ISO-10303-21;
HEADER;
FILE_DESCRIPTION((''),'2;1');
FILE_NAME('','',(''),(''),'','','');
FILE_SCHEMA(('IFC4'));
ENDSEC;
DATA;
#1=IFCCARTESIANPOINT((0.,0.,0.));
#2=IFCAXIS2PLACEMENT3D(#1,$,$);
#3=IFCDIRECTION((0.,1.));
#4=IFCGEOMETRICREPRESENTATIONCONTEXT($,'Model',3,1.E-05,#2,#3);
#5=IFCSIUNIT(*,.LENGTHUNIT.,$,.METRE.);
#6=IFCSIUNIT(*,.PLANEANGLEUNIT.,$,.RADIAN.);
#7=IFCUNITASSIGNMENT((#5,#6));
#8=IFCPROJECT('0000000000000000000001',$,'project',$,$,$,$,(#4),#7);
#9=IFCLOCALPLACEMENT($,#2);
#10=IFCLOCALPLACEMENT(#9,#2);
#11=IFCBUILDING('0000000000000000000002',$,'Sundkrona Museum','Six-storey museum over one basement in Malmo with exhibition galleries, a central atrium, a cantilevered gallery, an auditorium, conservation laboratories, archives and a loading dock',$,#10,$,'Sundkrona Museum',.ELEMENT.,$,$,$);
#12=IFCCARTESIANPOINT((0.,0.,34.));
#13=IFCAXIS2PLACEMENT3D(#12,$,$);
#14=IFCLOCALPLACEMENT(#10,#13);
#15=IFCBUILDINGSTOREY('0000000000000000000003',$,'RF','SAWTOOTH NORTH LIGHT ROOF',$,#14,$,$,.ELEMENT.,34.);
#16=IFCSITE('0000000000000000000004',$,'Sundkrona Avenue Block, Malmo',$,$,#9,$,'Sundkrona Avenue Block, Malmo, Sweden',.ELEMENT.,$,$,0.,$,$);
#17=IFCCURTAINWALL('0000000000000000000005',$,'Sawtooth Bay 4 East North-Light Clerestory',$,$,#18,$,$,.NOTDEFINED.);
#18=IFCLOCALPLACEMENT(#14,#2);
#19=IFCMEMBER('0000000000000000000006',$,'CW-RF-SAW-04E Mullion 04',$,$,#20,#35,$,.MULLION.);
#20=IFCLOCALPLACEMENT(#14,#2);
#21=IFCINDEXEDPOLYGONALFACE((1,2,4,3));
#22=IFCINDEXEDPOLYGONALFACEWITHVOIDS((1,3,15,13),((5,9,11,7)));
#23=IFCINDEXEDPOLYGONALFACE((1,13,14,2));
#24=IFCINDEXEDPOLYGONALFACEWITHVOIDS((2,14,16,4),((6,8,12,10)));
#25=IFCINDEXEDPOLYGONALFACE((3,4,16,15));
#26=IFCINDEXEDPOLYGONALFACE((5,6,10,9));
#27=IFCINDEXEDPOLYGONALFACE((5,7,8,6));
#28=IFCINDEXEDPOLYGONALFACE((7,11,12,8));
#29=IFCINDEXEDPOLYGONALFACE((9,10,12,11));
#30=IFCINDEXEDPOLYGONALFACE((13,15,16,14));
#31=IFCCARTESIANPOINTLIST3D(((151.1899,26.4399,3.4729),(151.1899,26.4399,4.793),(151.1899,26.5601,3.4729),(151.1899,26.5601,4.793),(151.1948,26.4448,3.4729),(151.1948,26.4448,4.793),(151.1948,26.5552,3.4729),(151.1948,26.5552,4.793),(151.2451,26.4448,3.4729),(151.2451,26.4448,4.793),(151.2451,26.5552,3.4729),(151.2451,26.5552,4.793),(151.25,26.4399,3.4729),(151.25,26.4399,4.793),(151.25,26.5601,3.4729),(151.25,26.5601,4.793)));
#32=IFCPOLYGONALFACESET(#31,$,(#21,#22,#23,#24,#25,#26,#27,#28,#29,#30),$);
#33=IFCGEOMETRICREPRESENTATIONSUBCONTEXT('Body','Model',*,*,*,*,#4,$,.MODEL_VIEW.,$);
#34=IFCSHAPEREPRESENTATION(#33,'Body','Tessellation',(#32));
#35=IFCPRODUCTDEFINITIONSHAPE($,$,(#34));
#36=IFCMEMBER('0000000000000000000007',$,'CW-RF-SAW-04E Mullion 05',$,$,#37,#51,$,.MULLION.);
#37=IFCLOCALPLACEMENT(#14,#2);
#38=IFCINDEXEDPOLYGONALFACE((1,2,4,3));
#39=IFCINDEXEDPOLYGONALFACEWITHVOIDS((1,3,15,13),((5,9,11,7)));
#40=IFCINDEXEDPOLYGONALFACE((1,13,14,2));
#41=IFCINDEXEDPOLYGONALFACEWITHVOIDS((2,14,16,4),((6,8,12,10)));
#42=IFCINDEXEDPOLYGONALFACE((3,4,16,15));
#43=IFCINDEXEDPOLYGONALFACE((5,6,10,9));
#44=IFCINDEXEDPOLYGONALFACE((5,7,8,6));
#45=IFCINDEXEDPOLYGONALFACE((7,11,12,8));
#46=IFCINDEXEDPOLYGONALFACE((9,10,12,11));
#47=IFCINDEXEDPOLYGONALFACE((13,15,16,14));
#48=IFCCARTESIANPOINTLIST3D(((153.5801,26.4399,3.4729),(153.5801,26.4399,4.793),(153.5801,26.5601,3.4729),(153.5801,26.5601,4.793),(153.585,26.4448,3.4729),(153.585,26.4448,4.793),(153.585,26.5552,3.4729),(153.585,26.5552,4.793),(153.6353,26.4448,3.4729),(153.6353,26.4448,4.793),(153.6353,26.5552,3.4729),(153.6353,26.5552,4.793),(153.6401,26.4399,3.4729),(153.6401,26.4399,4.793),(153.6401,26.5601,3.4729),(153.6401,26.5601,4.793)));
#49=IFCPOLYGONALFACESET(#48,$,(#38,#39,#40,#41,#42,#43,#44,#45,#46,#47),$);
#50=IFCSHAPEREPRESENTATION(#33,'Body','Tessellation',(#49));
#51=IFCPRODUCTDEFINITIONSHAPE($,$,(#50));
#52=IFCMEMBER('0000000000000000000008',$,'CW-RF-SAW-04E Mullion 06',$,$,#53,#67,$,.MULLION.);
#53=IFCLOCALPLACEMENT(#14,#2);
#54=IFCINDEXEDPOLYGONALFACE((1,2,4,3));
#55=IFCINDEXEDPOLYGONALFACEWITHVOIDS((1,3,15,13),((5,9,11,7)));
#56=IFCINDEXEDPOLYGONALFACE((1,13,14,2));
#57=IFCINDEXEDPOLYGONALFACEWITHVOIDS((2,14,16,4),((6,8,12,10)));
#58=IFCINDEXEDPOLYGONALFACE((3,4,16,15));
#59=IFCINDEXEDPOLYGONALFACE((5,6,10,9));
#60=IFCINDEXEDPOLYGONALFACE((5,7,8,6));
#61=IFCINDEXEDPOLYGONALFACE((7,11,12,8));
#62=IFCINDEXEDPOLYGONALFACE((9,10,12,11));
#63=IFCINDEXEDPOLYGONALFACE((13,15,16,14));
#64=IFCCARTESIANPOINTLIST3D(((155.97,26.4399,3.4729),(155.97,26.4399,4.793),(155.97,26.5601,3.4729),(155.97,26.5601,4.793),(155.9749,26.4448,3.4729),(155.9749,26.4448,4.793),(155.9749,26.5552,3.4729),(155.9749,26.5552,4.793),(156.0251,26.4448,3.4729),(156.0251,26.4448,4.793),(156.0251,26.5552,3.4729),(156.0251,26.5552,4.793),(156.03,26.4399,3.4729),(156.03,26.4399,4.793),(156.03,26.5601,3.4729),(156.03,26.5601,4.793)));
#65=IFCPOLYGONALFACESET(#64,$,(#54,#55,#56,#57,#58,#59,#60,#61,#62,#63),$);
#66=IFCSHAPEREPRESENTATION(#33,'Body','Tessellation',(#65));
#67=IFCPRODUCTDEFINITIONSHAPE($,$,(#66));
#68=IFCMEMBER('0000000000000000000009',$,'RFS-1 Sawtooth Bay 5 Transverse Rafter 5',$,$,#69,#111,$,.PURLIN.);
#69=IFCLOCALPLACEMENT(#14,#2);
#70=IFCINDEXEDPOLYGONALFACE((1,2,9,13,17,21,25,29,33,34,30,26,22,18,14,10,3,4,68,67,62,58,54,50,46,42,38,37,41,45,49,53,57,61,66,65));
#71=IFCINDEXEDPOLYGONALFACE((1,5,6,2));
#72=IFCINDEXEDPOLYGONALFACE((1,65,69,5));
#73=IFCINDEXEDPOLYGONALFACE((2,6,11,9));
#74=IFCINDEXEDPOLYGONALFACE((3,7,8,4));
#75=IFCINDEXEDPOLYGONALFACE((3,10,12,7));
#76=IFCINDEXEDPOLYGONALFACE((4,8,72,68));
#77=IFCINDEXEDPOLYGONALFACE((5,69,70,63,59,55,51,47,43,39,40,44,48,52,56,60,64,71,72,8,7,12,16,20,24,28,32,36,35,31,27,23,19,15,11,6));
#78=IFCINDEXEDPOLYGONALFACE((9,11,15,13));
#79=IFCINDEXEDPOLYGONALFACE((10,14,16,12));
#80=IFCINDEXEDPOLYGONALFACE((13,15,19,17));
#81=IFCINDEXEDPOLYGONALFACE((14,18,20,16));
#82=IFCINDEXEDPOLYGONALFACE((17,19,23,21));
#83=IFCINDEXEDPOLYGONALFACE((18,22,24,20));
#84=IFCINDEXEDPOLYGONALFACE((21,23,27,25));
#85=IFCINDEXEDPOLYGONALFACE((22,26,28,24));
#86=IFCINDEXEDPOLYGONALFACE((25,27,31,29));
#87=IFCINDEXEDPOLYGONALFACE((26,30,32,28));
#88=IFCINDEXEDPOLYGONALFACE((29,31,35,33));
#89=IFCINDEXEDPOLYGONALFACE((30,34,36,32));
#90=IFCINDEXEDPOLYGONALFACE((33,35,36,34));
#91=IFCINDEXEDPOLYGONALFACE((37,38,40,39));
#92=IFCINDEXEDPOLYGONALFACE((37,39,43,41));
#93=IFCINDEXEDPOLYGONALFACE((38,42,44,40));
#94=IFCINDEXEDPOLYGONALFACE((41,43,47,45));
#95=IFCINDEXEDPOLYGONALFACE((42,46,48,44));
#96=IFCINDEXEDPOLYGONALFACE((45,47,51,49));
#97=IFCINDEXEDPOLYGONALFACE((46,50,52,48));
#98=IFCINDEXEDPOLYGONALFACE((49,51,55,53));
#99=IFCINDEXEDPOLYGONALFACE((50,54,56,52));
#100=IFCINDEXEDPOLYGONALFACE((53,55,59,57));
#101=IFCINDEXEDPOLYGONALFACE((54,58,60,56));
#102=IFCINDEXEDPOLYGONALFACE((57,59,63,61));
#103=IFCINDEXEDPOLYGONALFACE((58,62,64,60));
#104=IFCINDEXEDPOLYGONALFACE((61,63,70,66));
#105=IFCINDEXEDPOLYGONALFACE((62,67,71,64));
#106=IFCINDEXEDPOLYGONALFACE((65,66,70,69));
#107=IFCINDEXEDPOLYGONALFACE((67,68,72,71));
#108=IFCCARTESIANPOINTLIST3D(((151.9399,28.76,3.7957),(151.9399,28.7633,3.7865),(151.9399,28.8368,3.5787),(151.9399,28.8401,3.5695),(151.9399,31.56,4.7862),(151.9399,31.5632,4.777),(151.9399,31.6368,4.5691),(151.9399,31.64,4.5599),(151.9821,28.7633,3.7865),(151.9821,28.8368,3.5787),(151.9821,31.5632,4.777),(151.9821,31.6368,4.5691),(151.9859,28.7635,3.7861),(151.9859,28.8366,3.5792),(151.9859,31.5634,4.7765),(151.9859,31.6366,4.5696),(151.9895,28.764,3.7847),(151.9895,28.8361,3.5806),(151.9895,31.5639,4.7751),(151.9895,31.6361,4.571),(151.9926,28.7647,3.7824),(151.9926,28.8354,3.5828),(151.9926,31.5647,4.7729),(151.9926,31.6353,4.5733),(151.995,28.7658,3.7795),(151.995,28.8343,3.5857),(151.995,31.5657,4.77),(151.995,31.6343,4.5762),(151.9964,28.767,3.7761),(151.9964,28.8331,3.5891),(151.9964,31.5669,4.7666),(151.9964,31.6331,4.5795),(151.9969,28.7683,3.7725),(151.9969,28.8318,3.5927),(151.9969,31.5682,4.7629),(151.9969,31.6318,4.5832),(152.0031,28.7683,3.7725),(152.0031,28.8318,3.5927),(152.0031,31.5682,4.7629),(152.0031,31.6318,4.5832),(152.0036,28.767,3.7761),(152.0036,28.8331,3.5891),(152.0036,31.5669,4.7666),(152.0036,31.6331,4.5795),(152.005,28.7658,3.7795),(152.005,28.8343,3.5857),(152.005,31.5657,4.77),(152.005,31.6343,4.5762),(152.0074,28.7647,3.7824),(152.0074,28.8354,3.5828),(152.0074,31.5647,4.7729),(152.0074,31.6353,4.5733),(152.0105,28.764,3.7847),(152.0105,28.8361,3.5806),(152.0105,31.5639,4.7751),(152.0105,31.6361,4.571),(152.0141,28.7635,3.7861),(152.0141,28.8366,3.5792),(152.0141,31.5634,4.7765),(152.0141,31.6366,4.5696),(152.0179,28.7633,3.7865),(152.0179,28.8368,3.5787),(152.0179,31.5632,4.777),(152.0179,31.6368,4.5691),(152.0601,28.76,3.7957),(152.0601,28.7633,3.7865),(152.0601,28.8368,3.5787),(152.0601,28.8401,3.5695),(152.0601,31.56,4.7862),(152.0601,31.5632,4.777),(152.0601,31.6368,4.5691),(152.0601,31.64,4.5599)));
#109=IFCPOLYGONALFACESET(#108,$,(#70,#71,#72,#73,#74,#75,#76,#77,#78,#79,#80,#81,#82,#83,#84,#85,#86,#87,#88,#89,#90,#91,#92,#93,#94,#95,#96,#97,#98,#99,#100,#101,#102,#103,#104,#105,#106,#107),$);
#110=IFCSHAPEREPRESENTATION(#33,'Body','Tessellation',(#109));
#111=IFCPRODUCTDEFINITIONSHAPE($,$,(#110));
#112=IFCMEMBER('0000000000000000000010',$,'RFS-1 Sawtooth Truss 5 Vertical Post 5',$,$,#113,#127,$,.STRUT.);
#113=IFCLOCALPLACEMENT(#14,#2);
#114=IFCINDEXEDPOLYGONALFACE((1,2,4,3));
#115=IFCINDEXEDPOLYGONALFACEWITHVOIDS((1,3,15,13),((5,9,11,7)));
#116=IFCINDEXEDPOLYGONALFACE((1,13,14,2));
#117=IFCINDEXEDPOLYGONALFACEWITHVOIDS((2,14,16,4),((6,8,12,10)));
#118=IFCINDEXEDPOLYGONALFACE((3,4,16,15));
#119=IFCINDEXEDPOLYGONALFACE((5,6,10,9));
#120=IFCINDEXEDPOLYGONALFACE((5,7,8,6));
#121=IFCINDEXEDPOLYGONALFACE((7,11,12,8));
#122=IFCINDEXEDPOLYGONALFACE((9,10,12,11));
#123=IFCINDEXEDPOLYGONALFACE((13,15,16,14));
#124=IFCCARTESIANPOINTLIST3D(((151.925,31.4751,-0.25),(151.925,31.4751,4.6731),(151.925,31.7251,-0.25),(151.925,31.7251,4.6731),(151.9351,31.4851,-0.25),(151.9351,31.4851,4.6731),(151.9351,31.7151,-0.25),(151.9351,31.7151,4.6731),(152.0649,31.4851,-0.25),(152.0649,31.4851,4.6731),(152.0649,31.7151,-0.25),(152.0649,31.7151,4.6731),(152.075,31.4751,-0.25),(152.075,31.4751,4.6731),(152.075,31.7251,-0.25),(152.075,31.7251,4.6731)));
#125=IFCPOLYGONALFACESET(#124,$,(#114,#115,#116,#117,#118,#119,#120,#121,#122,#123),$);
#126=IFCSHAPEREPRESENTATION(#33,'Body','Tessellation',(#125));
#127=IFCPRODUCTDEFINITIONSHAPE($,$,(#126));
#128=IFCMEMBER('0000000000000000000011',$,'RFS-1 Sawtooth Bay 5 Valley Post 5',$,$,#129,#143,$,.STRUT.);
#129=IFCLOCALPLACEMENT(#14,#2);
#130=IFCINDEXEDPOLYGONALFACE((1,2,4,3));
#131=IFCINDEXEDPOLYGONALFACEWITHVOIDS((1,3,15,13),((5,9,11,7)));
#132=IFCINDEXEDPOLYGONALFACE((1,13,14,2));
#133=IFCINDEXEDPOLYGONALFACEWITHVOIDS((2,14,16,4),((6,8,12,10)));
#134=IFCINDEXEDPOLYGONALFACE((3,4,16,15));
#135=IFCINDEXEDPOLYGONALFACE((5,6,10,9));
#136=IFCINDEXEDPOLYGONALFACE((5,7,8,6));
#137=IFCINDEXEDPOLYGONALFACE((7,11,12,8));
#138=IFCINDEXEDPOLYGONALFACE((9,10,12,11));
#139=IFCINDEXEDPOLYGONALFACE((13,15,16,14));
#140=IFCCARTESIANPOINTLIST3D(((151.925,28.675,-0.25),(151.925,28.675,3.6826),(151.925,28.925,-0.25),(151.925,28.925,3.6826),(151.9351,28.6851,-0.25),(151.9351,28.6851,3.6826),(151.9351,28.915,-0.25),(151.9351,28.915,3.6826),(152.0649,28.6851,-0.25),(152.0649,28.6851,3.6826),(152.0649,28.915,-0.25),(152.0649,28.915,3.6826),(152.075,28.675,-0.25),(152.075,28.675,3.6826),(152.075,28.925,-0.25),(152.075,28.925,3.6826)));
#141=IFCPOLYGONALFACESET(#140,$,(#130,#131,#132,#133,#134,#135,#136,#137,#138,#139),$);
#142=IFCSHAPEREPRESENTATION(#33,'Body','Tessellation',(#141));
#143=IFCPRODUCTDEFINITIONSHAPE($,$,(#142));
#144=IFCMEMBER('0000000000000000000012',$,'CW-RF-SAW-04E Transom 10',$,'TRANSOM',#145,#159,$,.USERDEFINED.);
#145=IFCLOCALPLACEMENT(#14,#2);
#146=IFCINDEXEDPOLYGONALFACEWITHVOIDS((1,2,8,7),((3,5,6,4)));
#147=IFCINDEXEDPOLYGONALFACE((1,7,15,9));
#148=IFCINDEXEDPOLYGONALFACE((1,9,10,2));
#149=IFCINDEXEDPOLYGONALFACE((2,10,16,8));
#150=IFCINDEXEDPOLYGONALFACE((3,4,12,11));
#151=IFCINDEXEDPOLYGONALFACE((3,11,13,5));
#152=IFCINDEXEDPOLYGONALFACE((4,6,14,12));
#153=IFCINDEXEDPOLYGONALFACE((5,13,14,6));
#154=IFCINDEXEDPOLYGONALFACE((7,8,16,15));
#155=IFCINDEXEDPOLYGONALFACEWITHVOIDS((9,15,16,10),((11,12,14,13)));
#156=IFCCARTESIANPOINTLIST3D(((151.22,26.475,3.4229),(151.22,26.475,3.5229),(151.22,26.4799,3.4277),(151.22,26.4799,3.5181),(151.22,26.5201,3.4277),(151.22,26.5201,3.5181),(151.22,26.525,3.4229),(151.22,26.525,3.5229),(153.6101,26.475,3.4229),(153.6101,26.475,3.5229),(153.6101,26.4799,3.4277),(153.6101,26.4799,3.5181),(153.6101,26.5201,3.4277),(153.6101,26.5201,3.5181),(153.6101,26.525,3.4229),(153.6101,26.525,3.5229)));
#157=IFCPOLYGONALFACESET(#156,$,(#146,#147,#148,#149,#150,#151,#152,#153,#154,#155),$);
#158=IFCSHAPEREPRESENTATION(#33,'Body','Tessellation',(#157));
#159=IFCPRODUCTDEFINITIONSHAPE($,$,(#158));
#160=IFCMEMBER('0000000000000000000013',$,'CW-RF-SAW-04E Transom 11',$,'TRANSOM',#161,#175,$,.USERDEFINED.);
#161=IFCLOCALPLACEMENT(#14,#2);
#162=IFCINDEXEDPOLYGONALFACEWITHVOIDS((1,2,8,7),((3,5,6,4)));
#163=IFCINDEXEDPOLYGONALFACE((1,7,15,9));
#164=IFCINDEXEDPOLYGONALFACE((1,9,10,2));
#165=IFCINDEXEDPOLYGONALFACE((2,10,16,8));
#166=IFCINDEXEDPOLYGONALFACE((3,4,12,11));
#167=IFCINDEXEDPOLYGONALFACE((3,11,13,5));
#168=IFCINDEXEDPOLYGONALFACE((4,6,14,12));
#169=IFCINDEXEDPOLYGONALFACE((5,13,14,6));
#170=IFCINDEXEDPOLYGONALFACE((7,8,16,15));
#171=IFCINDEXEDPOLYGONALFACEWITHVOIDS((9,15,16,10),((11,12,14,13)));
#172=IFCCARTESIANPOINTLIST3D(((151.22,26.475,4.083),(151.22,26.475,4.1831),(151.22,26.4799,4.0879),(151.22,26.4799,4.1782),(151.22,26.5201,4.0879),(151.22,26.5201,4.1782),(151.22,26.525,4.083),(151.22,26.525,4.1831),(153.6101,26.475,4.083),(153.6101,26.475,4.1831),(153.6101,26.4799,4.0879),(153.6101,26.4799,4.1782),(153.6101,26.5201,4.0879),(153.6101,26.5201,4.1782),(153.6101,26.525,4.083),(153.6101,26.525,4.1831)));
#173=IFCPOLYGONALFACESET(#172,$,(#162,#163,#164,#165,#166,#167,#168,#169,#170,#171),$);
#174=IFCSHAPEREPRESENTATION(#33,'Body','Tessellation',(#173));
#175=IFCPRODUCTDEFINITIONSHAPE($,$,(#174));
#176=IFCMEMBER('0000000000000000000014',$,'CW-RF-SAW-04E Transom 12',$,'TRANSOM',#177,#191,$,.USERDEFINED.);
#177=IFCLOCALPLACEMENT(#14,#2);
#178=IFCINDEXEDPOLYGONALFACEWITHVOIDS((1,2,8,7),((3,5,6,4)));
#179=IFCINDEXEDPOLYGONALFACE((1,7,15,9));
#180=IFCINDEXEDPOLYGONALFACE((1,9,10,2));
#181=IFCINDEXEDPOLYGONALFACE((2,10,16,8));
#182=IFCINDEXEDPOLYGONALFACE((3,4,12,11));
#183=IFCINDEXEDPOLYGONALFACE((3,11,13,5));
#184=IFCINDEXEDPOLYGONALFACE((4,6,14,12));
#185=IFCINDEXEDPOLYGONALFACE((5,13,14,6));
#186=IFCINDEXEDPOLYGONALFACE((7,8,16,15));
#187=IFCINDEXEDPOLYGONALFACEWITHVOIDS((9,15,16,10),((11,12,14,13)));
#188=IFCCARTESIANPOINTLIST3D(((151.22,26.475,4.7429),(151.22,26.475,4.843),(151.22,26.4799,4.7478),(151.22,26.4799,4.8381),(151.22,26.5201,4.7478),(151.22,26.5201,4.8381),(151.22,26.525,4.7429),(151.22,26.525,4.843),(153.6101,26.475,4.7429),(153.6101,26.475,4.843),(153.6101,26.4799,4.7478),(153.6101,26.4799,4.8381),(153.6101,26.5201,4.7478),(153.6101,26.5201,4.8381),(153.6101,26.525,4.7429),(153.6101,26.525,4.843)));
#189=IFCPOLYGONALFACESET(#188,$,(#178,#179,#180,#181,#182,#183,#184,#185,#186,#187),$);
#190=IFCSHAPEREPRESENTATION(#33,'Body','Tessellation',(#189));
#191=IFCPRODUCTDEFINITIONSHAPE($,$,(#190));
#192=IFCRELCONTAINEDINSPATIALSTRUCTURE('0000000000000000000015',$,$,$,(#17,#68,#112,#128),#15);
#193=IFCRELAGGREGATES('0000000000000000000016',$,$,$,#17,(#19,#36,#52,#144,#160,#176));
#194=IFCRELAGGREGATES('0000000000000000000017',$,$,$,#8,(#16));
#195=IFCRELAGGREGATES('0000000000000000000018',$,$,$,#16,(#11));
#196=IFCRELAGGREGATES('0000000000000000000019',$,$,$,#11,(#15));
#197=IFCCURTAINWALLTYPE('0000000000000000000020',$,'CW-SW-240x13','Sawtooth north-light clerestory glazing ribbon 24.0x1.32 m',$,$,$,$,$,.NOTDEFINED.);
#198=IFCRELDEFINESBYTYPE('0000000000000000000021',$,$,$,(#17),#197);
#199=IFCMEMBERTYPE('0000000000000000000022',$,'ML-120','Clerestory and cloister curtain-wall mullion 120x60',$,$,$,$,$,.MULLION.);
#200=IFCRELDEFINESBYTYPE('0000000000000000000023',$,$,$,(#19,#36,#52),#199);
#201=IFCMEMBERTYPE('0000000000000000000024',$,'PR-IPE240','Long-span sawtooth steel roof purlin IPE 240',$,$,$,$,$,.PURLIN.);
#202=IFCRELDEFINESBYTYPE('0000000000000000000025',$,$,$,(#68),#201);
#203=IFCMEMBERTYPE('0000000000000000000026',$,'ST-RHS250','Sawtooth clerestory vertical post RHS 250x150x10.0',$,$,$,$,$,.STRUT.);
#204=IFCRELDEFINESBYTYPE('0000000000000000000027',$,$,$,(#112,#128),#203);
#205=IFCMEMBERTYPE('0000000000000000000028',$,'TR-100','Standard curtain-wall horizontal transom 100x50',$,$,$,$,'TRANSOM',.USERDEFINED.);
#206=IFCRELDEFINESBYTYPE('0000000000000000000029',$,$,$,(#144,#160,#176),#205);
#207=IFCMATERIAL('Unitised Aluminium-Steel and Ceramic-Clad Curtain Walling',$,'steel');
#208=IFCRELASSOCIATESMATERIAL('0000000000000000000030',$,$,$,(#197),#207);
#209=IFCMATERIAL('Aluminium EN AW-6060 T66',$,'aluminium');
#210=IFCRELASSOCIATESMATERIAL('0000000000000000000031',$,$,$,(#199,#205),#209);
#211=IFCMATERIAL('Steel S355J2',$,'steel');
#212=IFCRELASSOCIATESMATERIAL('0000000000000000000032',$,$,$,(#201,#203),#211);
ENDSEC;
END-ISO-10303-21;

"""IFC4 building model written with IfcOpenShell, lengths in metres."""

from ifc_helpers import new_model, si_unit, direction, frame, origin, origin_2d, place, context, subcontext, project, spatial, hollow_rectangle, i_section, extrude, material, material_profile, profile_set, type_object, element, aggregate, save


model = new_model("IFC4")

# Units and contexts
model_context = context("Model", 3, precision=1e-05, world=origin(), true_north=direction((0.0, 1.0)))
body_context = subcontext(model_context, "Body", "Model", "MODEL_VIEW")
ifc_project = project(units=[si_unit("LENGTHUNIT", "METRE"), si_unit("PLANEANGLEUNIT", "RADIAN")], contexts=[model_context])

# Site, building, storey
site_placement = place(None, origin())
site = spatial("IfcSite", under=ifc_project, at=site_placement, Name="Sundkrona Avenue Block, Malmo", LongName="Sundkrona Avenue Block, Malmo, Sweden", CompositionType="ELEMENT", RefElevation=0.0)
building_placement = place(site_placement, origin())
building = spatial("IfcBuilding", under=site, at=building_placement, Name="Sundkrona Museum", Description="Six-storey museum over one basement in Malmo with exhibition galleries, a central atrium, a cantilevered gallery, an auditorium, conservation laboratories, archives and a loading dock", LongName="Sundkrona Museum", CompositionType="ELEMENT")
storey_placement = place(building_placement, frame((0.0, 0.0, 34.0)))
storey = spatial("IfcBuildingStorey", under=building, at=storey_placement, Name="RF", Description="SAWTOOTH NORTH LIGHT ROOF", CompositionType="ELEMENT", Elevation=34.0)

# Curtain wall, members
ifc_material_1 = material(Name="Unitised Aluminium-Steel and Ceramic-Clad Curtain Walling", Category="steel")
curtain_wall_type = type_object("IfcCurtainWallType", Name="CW-SW-240x13", Description="Sawtooth north-light clerestory glazing ribbon 24.0x1.32 m", PredefinedType="NOTDEFINED", material=ifc_material_1)
curtain_wall_placement = place(storey_placement, origin())
curtain_wall = element("IfcCurtainWall", 1, at=curtain_wall_placement, inside=storey, type_object=curtain_wall_type, Name="Sawtooth Bay 4 East North-Light Clerestory", PredefinedType="NOTDEFINED")
ifc_material_2 = material(Name="Aluminium EN AW-6060 T66", Category="aluminium")
ifc_material_profile_1 = material_profile(ifc_material_2, hollow_rectangle(XDim=0.0601, YDim=0.1201, WallThickness=0.0049, at=origin_2d()), Name="RHS 120x60x5.0")
ifc_profile_set_1 = profile_set([ifc_material_profile_1], Name="Aluminium EN AW-6060 T66")
member_type_1 = type_object("IfcMemberType", Name="ML-120", Description="Clerestory and cloister curtain-wall mullion 120x60", PredefinedType="MULLION", material=ifc_profile_set_1)
member_1_placement = place(storey_placement, frame((151.22, 26.5, 3.4729), z_axis=(0.0, 0.0, 1.0), x_axis=(1.0, 0.0, 0.0)))
member_1 = element("IfcMember", 2, at=member_1_placement, type_object=member_type_1, Name="CW-RF-SAW-04E Mullion 04", PredefinedType="MULLION", context=body_context, shape_type="SweptSolid", body=[
    extrude(hollow_rectangle(XDim=0.0601, YDim=0.1201, WallThickness=0.0049, at=origin_2d()), origin(), (0.0, 0.0, 1.0), 1.3201),
])
member_2_placement = place(storey_placement, frame((153.6101, 26.5, 3.4729), z_axis=(0.0, 0.0, 1.0), x_axis=(1.0, 0.0, 0.0)))
member_2 = element("IfcMember", 3, at=member_2_placement, type_object=member_type_1, Name="CW-RF-SAW-04E Mullion 05", PredefinedType="MULLION", context=body_context, shape_type="SweptSolid", body=[
    extrude(hollow_rectangle(XDim=0.0601, YDim=0.1201, WallThickness=0.0049, at=origin_2d()), origin(), (0.0, 0.0, 1.0), 1.3201),
])
member_3_placement = place(storey_placement, frame((156.0, 26.5, 3.4729), z_axis=(0.0, 0.0, 1.0), x_axis=(1.0, 0.0, 0.0)))
member_3 = element("IfcMember", 4, at=member_3_placement, type_object=member_type_1, Name="CW-RF-SAW-04E Mullion 06", PredefinedType="MULLION", context=body_context, shape_type="SweptSolid", body=[
    extrude(hollow_rectangle(XDim=0.0601, YDim=0.1201, WallThickness=0.0049, at=origin_2d()), origin(), (0.0, 0.0, 1.0), 1.3201),
])

# Members
ifc_material_3 = material(Name="Steel S355J2", Category="steel")
ifc_material_profile_2 = material_profile(ifc_material_3, i_section(OverallWidth=0.1201, OverallDepth=0.24, WebThickness=0.0061, FlangeThickness=0.0098, FilletRadius=0.0149, at=origin_2d()), Name="IPE 240")
ifc_profile_set_2 = profile_set([ifc_material_profile_2], Name="Steel S355J2")
member_type_2 = type_object("IfcMemberType", Name="PR-IPE240", Description="Long-span sawtooth steel roof purlin IPE 240", PredefinedType="PURLIN", material=ifc_profile_set_2)
member_4_placement = place(storey_placement, frame((152.0, 28.8, 3.6826), z_axis=(0.0, 0.942755, 0.333486), x_axis=(-1.0, 0.0, 0.0)))
element("IfcMember", 5, at=member_4_placement, inside=storey, type_object=member_type_2, Name="RFS-1 Sawtooth Bay 5 Transverse Rafter 5", PredefinedType="PURLIN", context=body_context, shape_type="SweptSolid", body=[
    extrude(i_section(OverallWidth=0.1201, OverallDepth=0.24, WebThickness=0.0061, FlangeThickness=0.0098, FilletRadius=0.0149, at=origin_2d()), origin(), (0.0, 0.0, 1.0), 2.97),
])
ifc_material_profile_3 = material_profile(ifc_material_3, hollow_rectangle(XDim=0.1499, YDim=0.25, WallThickness=0.01, at=origin_2d()), Name="RHS 250x150x10.0")
ifc_profile_set_3 = profile_set([ifc_material_profile_3], Name="Steel S355J2")
member_type_3 = type_object("IfcMemberType", Name="ST-RHS250", Description="Sawtooth clerestory vertical post RHS 250x150x10.0", PredefinedType="STRUT", material=ifc_profile_set_3)
member_5_placement = place(storey_placement, frame((152.0, 31.6001, -0.25), z_axis=(0.0, 0.0, 1.0), x_axis=(1.0, 0.0, 0.0)))
element("IfcMember", 6, at=member_5_placement, inside=storey, type_object=member_type_3, Name="RFS-1 Sawtooth Truss 5 Vertical Post 5", PredefinedType="STRUT", context=body_context, shape_type="SweptSolid", body=[
    extrude(hollow_rectangle(XDim=0.1499, YDim=0.25, WallThickness=0.01, at=origin_2d()), origin(), (0.0, 0.0, 1.0), 4.9231),
])
member_6_placement = place(storey_placement, frame((152.0, 28.8, -0.25), z_axis=(0.0, 0.0, 1.0), x_axis=(1.0, 0.0, 0.0)))
element("IfcMember", 7, at=member_6_placement, inside=storey, type_object=member_type_3, Name="RFS-1 Sawtooth Bay 5 Valley Post 5", PredefinedType="STRUT", context=body_context, shape_type="SweptSolid", body=[
    extrude(hollow_rectangle(XDim=0.1499, YDim=0.25, WallThickness=0.01, at=origin_2d()), origin(), (0.0, 0.0, 1.0), 3.9326),
])

# Members
ifc_material_profile_4 = material_profile(ifc_material_2, hollow_rectangle(XDim=0.05, YDim=0.1001, WallThickness=0.0049, at=origin_2d()), Name="RHS 100x50x5.0")
ifc_profile_set_4 = profile_set([ifc_material_profile_4], Name="Aluminium EN AW-6060 T66")
member_type_4 = type_object("IfcMemberType", Name="TR-100", Description="Standard curtain-wall horizontal transom 100x50", ElementType="TRANSOM", PredefinedType="USERDEFINED", material=ifc_profile_set_4)
member_7_placement = place(storey_placement, frame((151.22, 26.5, 3.4729), z_axis=(1.0, 0.0, 0.0), x_axis=(0.0, 1.0, 0.0)))
member_7 = element("IfcMember", 8, at=member_7_placement, type_object=member_type_4, Name="CW-RF-SAW-04E Transom 10", ObjectType="TRANSOM", PredefinedType="USERDEFINED", context=body_context, shape_type="SweptSolid", body=[
    extrude(hollow_rectangle(XDim=0.05, YDim=0.1001, WallThickness=0.0049, at=origin_2d()), origin(), (0.0, 0.0, 1.0), 2.3901),
])
member_8_placement = place(storey_placement, frame((151.22, 26.5, 4.1331), z_axis=(1.0, 0.0, 0.0), x_axis=(0.0, 1.0, 0.0)))
member_8 = element("IfcMember", 9, at=member_8_placement, type_object=member_type_4, Name="CW-RF-SAW-04E Transom 11", ObjectType="TRANSOM", PredefinedType="USERDEFINED", context=body_context, shape_type="SweptSolid", body=[
    extrude(hollow_rectangle(XDim=0.05, YDim=0.1001, WallThickness=0.0049, at=origin_2d()), origin(), (0.0, 0.0, 1.0), 2.3901),
])
member_9_placement = place(storey_placement, frame((151.22, 26.5, 4.793), z_axis=(1.0, 0.0, 0.0), x_axis=(0.0, 1.0, 0.0)))
member_9 = element("IfcMember", 10, at=member_9_placement, type_object=member_type_4, Name="CW-RF-SAW-04E Transom 12", ObjectType="TRANSOM", PredefinedType="USERDEFINED", context=body_context, shape_type="SweptSolid", body=[
    extrude(hollow_rectangle(XDim=0.05, YDim=0.1001, WallThickness=0.0049, at=origin_2d()), origin(), (0.0, 0.0, 1.0), 2.3901),
])

aggregate(curtain_wall, [member_1, member_2, member_3, member_7, member_8, member_9])

save(model, "model.ifc")
